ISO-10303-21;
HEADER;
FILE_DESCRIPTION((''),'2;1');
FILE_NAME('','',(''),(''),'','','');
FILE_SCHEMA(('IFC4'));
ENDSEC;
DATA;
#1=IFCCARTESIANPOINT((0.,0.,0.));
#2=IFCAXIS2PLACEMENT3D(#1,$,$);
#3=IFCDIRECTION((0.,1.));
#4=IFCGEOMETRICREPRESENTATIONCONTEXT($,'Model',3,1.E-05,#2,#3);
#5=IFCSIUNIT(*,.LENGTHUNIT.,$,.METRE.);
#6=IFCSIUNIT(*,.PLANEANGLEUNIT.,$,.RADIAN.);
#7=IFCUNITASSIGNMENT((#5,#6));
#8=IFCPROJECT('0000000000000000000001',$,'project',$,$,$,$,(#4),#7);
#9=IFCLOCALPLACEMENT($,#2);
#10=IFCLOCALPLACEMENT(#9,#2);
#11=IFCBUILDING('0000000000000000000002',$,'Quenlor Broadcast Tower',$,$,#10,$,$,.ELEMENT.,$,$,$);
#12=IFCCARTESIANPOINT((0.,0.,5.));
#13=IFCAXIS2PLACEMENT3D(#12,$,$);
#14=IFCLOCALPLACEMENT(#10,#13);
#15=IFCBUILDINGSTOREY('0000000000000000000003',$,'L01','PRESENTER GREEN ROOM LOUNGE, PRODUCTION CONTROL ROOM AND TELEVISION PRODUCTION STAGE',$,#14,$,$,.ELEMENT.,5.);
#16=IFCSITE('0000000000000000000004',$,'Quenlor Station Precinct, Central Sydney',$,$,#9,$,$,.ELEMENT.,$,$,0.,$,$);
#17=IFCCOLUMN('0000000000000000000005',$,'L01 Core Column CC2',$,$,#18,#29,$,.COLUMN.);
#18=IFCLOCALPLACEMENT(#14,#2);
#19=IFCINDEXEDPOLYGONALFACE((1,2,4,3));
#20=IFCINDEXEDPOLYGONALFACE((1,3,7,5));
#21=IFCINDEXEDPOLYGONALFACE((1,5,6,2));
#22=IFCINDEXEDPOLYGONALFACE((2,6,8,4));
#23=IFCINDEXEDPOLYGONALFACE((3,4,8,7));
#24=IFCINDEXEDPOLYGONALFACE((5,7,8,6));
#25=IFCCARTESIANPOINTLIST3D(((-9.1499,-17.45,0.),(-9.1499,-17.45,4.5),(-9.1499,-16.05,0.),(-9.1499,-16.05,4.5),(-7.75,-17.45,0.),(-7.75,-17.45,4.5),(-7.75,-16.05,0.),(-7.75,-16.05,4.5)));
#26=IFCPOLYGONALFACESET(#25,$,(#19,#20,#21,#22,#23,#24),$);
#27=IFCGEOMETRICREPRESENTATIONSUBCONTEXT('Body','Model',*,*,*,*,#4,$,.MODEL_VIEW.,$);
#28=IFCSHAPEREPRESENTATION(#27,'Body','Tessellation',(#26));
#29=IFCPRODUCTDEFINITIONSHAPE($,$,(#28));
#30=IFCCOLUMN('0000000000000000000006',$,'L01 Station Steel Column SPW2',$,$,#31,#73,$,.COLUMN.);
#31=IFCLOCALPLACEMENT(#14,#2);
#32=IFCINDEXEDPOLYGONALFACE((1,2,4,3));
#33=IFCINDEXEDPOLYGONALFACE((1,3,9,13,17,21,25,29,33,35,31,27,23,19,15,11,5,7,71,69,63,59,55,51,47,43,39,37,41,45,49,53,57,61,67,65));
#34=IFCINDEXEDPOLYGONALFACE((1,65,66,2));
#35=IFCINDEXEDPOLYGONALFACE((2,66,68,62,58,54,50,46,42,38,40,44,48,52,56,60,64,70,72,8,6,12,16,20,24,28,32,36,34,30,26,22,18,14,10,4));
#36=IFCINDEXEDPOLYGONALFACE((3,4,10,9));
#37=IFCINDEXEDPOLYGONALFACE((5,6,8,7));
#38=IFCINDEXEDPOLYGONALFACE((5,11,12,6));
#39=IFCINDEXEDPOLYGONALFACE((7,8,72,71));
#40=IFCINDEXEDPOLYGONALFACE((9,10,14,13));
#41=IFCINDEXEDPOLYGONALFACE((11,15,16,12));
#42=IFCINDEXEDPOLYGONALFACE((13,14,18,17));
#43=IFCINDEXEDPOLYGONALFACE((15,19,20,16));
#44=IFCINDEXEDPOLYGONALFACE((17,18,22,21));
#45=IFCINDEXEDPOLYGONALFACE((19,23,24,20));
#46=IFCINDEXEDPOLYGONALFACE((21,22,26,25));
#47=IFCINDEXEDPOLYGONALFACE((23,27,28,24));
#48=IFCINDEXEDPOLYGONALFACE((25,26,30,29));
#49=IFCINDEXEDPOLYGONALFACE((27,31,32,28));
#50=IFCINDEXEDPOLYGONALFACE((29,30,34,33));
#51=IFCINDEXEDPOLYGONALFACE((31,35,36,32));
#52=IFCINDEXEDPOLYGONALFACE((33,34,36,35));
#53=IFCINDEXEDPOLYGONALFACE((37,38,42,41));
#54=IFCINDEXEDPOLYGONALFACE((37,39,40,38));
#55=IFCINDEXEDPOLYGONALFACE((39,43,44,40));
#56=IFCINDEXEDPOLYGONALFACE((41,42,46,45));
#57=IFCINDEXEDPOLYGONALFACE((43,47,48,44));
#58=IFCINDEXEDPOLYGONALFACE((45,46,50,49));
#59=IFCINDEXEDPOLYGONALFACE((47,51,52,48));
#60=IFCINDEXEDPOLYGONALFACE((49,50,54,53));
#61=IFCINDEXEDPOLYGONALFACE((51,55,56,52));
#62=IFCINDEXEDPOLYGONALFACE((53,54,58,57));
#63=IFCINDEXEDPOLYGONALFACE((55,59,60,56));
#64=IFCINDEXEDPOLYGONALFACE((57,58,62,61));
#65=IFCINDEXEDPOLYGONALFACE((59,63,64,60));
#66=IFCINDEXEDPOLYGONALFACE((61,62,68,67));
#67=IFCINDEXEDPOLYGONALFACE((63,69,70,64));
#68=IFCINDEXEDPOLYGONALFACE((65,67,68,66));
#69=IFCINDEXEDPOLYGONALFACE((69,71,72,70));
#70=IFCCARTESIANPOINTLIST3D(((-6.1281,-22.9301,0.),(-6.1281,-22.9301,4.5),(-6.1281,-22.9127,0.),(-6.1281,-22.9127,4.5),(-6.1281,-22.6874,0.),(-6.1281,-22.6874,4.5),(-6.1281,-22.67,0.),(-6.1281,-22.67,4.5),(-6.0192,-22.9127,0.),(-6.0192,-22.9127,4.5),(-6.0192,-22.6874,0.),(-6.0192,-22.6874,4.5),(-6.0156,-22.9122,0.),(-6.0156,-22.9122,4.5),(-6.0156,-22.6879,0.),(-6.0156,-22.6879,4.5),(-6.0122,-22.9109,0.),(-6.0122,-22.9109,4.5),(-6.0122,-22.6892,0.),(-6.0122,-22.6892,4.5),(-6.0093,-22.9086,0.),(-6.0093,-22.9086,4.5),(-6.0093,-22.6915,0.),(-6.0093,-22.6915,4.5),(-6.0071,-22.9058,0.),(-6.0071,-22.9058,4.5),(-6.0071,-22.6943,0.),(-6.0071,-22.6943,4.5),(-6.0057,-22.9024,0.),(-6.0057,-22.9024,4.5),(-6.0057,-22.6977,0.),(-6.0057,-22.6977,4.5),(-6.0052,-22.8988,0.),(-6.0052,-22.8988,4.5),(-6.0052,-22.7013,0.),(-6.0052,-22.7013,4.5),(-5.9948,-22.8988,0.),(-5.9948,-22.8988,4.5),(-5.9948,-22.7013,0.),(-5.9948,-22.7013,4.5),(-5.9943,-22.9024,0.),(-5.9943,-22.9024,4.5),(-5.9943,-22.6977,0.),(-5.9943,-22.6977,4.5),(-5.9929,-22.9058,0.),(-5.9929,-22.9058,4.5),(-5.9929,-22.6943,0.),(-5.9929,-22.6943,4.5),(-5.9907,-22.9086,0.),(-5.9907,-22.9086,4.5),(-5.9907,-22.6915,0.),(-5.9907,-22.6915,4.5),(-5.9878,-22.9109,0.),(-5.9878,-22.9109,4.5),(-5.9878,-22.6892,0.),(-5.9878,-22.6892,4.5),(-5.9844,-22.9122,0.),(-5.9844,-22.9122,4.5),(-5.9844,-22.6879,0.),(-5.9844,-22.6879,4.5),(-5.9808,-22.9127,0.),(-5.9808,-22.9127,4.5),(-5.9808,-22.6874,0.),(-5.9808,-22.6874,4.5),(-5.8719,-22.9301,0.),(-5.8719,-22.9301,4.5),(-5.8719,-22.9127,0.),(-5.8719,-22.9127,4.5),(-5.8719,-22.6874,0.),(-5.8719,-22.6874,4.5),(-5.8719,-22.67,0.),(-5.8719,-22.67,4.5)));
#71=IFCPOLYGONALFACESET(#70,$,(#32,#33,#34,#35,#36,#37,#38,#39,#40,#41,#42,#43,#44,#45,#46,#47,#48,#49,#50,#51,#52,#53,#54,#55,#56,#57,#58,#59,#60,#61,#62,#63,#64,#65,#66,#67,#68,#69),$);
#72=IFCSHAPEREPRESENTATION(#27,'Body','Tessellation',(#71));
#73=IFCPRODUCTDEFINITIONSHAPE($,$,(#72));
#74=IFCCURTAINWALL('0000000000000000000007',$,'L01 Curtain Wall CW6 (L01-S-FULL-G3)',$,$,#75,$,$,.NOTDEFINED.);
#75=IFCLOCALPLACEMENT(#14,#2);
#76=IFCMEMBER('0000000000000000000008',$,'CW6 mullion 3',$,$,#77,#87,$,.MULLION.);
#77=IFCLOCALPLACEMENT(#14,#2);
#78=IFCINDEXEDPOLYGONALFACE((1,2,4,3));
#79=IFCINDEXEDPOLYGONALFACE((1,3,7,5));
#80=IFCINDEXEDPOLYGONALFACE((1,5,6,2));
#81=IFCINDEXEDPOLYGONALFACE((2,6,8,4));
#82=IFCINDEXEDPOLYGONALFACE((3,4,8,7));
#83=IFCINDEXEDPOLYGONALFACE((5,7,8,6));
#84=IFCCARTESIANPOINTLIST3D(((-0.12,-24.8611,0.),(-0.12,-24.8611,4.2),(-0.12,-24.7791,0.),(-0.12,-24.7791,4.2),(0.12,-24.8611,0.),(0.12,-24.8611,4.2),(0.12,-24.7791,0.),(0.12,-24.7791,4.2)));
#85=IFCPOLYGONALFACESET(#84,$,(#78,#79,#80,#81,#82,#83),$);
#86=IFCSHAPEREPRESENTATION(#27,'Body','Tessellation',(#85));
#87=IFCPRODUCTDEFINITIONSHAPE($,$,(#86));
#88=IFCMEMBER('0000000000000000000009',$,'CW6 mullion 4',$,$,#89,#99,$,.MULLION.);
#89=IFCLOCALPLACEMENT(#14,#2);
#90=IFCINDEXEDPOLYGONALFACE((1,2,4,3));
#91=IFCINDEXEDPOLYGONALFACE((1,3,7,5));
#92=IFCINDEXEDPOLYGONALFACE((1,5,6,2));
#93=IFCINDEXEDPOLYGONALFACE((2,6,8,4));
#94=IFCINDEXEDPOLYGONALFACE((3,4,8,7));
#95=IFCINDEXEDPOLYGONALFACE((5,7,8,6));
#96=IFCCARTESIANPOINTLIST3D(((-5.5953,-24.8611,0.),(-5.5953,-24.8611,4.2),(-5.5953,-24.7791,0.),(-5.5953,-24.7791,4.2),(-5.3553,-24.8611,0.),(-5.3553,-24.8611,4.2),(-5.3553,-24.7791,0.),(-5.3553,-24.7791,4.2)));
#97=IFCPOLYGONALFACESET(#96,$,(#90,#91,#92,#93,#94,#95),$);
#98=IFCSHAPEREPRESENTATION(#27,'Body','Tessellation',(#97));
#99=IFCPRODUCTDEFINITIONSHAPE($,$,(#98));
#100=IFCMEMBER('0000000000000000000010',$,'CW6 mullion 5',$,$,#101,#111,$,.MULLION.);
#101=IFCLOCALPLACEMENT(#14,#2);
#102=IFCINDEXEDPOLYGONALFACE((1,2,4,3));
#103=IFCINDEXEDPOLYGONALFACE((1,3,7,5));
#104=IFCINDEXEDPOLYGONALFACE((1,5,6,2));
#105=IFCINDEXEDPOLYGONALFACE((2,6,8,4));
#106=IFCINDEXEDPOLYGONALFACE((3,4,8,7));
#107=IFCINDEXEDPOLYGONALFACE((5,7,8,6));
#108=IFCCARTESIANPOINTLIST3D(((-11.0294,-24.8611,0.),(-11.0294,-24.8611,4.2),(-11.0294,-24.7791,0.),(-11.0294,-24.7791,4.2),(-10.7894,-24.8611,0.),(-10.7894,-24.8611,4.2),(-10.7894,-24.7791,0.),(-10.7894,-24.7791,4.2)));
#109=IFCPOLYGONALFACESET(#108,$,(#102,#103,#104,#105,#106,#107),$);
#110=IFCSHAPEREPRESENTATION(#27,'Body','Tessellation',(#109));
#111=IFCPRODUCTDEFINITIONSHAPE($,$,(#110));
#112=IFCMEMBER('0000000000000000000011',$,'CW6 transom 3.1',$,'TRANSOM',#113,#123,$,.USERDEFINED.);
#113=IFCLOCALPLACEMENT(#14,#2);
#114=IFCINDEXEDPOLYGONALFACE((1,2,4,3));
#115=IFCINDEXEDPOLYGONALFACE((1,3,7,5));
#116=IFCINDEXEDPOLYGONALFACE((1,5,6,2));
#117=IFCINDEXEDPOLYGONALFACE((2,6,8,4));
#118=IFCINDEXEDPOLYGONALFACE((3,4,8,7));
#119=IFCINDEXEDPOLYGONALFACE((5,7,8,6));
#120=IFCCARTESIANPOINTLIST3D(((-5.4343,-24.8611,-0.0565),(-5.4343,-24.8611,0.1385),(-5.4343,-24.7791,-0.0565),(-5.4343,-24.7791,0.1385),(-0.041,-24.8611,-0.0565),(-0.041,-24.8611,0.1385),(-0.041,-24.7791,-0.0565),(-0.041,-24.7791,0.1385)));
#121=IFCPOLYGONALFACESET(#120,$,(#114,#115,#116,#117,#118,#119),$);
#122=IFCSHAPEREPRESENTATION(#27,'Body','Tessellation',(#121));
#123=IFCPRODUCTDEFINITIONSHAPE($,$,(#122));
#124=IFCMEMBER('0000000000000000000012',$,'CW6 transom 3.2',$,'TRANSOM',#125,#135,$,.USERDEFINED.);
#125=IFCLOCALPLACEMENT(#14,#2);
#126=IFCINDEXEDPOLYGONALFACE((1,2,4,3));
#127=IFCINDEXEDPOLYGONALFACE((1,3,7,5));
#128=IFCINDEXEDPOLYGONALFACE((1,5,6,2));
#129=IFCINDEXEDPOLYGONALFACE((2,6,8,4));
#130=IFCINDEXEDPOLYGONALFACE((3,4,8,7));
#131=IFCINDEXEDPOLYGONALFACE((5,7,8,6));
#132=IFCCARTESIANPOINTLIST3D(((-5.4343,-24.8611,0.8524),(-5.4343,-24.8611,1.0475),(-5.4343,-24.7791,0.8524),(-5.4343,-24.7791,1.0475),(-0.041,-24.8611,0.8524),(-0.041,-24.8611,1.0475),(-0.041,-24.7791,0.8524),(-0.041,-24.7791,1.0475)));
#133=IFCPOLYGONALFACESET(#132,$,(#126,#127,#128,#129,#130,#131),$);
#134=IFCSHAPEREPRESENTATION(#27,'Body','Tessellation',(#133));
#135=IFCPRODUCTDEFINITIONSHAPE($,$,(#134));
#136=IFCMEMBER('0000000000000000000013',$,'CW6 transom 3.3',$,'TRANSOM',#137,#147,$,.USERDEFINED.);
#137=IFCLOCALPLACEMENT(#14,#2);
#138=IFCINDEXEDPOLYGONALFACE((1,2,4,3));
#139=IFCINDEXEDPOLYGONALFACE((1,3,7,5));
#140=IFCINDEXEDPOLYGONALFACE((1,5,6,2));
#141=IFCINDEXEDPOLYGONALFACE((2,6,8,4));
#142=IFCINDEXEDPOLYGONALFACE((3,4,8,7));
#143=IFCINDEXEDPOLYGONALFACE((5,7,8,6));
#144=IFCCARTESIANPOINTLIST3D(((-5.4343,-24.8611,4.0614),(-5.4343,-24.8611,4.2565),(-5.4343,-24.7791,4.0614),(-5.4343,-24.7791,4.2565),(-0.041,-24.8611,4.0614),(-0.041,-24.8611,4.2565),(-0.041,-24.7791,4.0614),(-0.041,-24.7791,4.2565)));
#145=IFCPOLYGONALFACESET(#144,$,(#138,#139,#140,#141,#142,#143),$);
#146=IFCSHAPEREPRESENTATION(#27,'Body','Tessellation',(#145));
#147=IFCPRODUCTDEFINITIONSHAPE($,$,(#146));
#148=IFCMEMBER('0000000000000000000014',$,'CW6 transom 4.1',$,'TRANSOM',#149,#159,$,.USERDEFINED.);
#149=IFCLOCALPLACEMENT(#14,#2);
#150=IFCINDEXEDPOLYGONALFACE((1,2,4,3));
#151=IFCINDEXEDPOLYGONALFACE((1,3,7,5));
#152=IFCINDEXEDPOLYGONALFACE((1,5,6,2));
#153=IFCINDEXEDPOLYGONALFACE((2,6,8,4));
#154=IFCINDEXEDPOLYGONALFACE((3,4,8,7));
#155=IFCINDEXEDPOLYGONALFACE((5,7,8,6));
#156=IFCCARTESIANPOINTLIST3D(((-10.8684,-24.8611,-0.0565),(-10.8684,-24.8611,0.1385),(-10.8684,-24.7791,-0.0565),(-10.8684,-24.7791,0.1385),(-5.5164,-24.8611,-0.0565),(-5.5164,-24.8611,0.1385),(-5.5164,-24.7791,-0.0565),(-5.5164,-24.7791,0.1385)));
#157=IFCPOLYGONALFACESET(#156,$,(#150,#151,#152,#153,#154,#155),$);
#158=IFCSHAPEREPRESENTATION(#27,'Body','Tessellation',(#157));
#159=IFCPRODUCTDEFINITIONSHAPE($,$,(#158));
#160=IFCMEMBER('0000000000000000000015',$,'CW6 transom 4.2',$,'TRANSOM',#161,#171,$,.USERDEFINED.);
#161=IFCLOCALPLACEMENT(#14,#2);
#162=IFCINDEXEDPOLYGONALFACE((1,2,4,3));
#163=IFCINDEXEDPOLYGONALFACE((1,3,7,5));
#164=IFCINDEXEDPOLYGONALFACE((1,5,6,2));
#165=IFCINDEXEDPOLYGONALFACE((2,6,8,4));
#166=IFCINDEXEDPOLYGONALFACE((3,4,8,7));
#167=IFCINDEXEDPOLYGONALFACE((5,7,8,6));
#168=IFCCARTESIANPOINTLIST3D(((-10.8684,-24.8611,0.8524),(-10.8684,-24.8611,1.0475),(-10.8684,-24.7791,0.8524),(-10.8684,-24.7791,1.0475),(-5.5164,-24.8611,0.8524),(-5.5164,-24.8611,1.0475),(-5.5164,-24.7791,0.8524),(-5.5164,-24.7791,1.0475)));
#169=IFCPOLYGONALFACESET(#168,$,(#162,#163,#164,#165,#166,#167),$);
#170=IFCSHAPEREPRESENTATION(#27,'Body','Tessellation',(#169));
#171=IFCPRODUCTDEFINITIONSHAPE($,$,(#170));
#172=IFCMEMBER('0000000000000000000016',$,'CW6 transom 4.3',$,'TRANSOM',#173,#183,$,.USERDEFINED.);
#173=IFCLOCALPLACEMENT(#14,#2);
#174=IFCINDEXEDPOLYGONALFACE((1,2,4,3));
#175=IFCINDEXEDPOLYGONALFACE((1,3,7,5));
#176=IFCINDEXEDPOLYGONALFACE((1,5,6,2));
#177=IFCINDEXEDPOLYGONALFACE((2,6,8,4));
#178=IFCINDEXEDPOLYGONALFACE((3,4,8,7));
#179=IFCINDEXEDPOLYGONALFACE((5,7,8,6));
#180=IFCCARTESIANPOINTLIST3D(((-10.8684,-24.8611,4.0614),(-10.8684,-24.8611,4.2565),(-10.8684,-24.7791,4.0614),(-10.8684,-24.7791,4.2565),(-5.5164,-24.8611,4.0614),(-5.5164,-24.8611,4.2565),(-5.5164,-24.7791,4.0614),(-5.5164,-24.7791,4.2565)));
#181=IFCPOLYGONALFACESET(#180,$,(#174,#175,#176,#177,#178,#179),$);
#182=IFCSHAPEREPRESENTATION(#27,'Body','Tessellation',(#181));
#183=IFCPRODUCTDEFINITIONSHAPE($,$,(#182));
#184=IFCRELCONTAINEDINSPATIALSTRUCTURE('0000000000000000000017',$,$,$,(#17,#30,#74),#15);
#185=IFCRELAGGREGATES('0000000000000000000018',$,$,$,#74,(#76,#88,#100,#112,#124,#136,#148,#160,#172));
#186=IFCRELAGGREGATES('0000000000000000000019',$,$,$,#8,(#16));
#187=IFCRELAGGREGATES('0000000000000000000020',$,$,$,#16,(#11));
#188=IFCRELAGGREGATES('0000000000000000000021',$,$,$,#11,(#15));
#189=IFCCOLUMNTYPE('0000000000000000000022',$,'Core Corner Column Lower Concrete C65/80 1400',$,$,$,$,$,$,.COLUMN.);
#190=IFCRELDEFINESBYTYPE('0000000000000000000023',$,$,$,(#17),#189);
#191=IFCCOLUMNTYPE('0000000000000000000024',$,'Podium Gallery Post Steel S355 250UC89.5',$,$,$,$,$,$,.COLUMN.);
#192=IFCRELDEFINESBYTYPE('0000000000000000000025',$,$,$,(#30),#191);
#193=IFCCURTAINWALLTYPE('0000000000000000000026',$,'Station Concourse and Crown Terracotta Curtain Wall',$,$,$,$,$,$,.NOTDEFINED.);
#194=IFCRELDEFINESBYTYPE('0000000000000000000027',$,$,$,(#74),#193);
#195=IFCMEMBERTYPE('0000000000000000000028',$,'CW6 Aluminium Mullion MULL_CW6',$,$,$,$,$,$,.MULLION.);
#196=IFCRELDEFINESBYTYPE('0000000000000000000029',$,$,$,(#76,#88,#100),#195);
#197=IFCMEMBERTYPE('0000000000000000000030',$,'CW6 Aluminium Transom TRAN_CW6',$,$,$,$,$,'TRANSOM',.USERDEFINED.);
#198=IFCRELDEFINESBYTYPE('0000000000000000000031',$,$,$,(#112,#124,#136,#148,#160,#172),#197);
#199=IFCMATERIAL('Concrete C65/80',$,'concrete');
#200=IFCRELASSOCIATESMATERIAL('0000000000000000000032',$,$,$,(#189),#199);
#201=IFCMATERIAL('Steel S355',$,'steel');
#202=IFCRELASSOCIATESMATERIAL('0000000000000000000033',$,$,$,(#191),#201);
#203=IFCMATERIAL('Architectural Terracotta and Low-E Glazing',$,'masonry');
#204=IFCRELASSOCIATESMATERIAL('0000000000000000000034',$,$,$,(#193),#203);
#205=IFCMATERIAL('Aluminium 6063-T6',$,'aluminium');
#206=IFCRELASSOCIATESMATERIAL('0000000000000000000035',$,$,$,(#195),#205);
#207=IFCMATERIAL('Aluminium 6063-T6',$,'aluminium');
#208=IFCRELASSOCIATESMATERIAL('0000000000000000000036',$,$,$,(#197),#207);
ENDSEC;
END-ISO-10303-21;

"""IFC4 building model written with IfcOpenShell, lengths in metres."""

from ifc_helpers import new_model, si_unit, direction, frame, origin, origin_2d, place, context, subcontext, project, spatial, rectangle, i_section, extrude, material, material_profile, profile_set, type_object, element, aggregate, save


model = new_model("IFC4")

# Units and contexts
model_context = context("Model", 3, precision=1e-05, world=origin(), true_north=direction((0.0, 1.0)))
body_context = subcontext(model_context, "Body", "Model", "MODEL_VIEW")
ifc_project = project(units=[si_unit("LENGTHUNIT", "METRE"), si_unit("PLANEANGLEUNIT", "RADIAN")], contexts=[model_context])

# Site, building, storey
site_placement = place(None, origin())
site = spatial("IfcSite", under=ifc_project, at=site_placement, Name="Quenlor Station Precinct, Central Sydney", CompositionType="ELEMENT", RefElevation=0.0)
building_placement = place(site_placement, origin())
building = spatial("IfcBuilding", under=site, at=building_placement, Name="Quenlor Broadcast Tower", CompositionType="ELEMENT")
storey_placement = place(building_placement, frame((0.0, 0.0, 5.0)))
storey = spatial("IfcBuildingStorey", under=building, at=storey_placement, Name="L01", Description="PRESENTER GREEN ROOM LOUNGE, PRODUCTION CONTROL ROOM AND TELEVISION PRODUCTION STAGE", CompositionType="ELEMENT", Elevation=5.0)

# Columns
ifc_material_1 = material(Name="Concrete C65/80", Category="concrete")
ifc_material_profile_1 = material_profile(ifc_material_1, rectangle(XDim=1.3999, YDim=1.3999, at=origin_2d()))
ifc_profile_set_1 = profile_set([ifc_material_profile_1], Name="Concrete C65/80 RC1400x1400")
column_type_1 = type_object("IfcColumnType", Name="Core Corner Column Lower Concrete C65/80 1400", PredefinedType="COLUMN", material=ifc_profile_set_1)
column_1_placement = place(storey_placement, frame((-8.45, -16.75, 0.0), z_axis=(0.0, 0.0, 1.0), x_axis=(1.0, 0.0, 0.0)))
element("IfcColumn", 1, at=column_1_placement, inside=storey, type_object=column_type_1, Name="L01 Core Column CC2", PredefinedType="COLUMN", context=body_context, shape_type="SweptSolid", body=[
    extrude(rectangle(XDim=1.3999, YDim=1.3999, at=origin_2d()), origin(), (0.0, 0.0, 1.0), 4.5),
])
ifc_material_2 = material(Name="Steel S355", Category="steel")
ifc_material_profile_2 = material_profile(ifc_material_2, i_section(OverallWidth=0.2561, OverallDepth=0.26, WebThickness=0.0105, FlangeThickness=0.0173, FilletRadius=0.0139, at=origin_2d()))
ifc_profile_set_2 = profile_set([ifc_material_profile_2], Name="Steel S355 250UC89.5")
column_type_2 = type_object("IfcColumnType", Name="Podium Gallery Post Steel S355 250UC89.5", PredefinedType="COLUMN", material=ifc_profile_set_2)
column_2_placement = place(storey_placement, frame((-6.0, -22.8, 0.0), z_axis=(0.0, 0.0, 1.0), x_axis=(1.0, 0.0, 0.0)))
element("IfcColumn", 2, at=column_2_placement, inside=storey, type_object=column_type_2, Name="L01 Station Steel Column SPW2", PredefinedType="COLUMN", context=body_context, shape_type="SweptSolid", body=[
    extrude(i_section(OverallWidth=0.2561, OverallDepth=0.26, WebThickness=0.0105, FlangeThickness=0.0173, FilletRadius=0.0139, at=origin_2d()), origin(), (0.0, 0.0, 1.0), 4.5),
])

# Curtain wall, members
ifc_material_3 = material(Name="Architectural Terracotta and Low-E Glazing", Category="masonry")
curtain_wall_type = type_object("IfcCurtainWallType", Name="Station Concourse and Crown Terracotta Curtain Wall", PredefinedType="NOTDEFINED", material=ifc_material_3)
curtain_wall_placement = place(storey_placement, origin())
curtain_wall = element("IfcCurtainWall", 3, at=curtain_wall_placement, inside=storey, type_object=curtain_wall_type, Name="L01 Curtain Wall CW6 (L01-S-FULL-G3)", PredefinedType="NOTDEFINED")
ifc_material_4 = material(Name="Aluminium 6063-T6", Category="aluminium")
ifc_material_profile_3 = material_profile(ifc_material_4, rectangle(XDim=0.082, YDim=0.24, at=origin_2d()))
ifc_profile_set_3 = profile_set([ifc_material_profile_3], Name="Aluminium 6063-T6 MULL82x240")
member_type_1 = type_object("IfcMemberType", Name="CW6 Aluminium Mullion MULL_CW6", PredefinedType="MULLION", material=ifc_profile_set_3)
member_1_placement = place(storey_placement, frame((0.0, -24.8201, 0.0), z_axis=(0.0, 0.0, 1.0), x_axis=(0.0, -1.0, 0.0)))
member_1 = element("IfcMember", 4, at=member_1_placement, type_object=member_type_1, Name="CW6 mullion 3", PredefinedType="MULLION", context=body_context, shape_type="SweptSolid", body=[
    extrude(rectangle(XDim=0.082, YDim=0.24, at=origin_2d()), origin(), (0.0, 0.0, 1.0), 4.2),
])
member_2_placement = place(storey_placement, frame((-5.4753, -24.8201, 0.0), z_axis=(0.0, 0.0, 1.0), x_axis=(0.0, -1.0, 0.0)))
member_2 = element("IfcMember", 5, at=member_2_placement, type_object=member_type_1, Name="CW6 mullion 4", PredefinedType="MULLION", context=body_context, shape_type="SweptSolid", body=[
    extrude(rectangle(XDim=0.082, YDim=0.24, at=origin_2d()), origin(), (0.0, 0.0, 1.0), 4.2),
])
member_3_placement = place(storey_placement, frame((-10.9094, -24.8201, 0.0), z_axis=(0.0, 0.0, 1.0), x_axis=(0.0, -1.0, 0.0)))
member_3 = element("IfcMember", 6, at=member_3_placement, type_object=member_type_1, Name="CW6 mullion 5", PredefinedType="MULLION", context=body_context, shape_type="SweptSolid", body=[
    extrude(rectangle(XDim=0.082, YDim=0.24, at=origin_2d()), origin(), (0.0, 0.0, 1.0), 4.2),
])
ifc_material_5 = material(Name="Aluminium 6063-T6", Category="aluminium")
ifc_material_profile_4 = material_profile(ifc_material_5, rectangle(XDim=0.082, YDim=0.1951, at=origin_2d()))
ifc_profile_set_4 = profile_set([ifc_material_profile_4], Name="Aluminium 6063-T6 TRAN82x195")
member_type_2 = type_object("IfcMemberType", Name="CW6 Aluminium Transom TRAN_CW6", ElementType="TRANSOM", PredefinedType="USERDEFINED", material=ifc_profile_set_4)
member_4_placement = place(storey_placement, frame((-0.041, -24.8201, 0.041), z_axis=(-1.0, 0.0, 0.0), x_axis=(0.0, -1.0, 0.0)))
member_4 = element("IfcMember", 7, at=member_4_placement, type_object=member_type_2, Name="CW6 transom 3.1", ObjectType="TRANSOM", PredefinedType="USERDEFINED", context=body_context, shape_type="SweptSolid", body=[
    extrude(rectangle(XDim=0.082, YDim=0.1951, at=origin_2d()), origin(), (0.0, 0.0, 1.0), 5.3933),
])
member_5_placement = place(storey_placement, frame((-0.041, -24.8201, 0.95), z_axis=(-1.0, 0.0, 0.0), x_axis=(0.0, -1.0, 0.0)))
member_5 = element("IfcMember", 8, at=member_5_placement, type_object=member_type_2, Name="CW6 transom 3.2", ObjectType="TRANSOM", PredefinedType="USERDEFINED", context=body_context, shape_type="SweptSolid", body=[
    extrude(rectangle(XDim=0.082, YDim=0.1951, at=origin_2d()), origin(), (0.0, 0.0, 1.0), 5.3933),
])
member_6_placement = place(storey_placement, frame((-0.041, -24.8201, 4.1589), z_axis=(-1.0, 0.0, 0.0), x_axis=(0.0, -1.0, 0.0)))
member_6 = element("IfcMember", 9, at=member_6_placement, type_object=member_type_2, Name="CW6 transom 3.3", ObjectType="TRANSOM", PredefinedType="USERDEFINED", context=body_context, shape_type="SweptSolid", body=[
    extrude(rectangle(XDim=0.082, YDim=0.1951, at=origin_2d()), origin(), (0.0, 0.0, 1.0), 5.3933),
])
member_7_placement = place(storey_placement, frame((-5.5164, -24.8201, 0.041), z_axis=(-1.0, 0.0, 0.0), x_axis=(0.0, -1.0, 0.0)))
member_7 = element("IfcMember", 10, at=member_7_placement, type_object=member_type_2, Name="CW6 transom 4.1", ObjectType="TRANSOM", PredefinedType="USERDEFINED", context=body_context, shape_type="SweptSolid", body=[
    extrude(rectangle(XDim=0.082, YDim=0.1951, at=origin_2d()), origin(), (0.0, 0.0, 1.0), 5.3521),
])
member_8_placement = place(storey_placement, frame((-5.5164, -24.8201, 0.95), z_axis=(-1.0, 0.0, 0.0), x_axis=(0.0, -1.0, 0.0)))
member_8 = element("IfcMember", 11, at=member_8_placement, type_object=member_type_2, Name="CW6 transom 4.2", ObjectType="TRANSOM", PredefinedType="USERDEFINED", context=body_context, shape_type="SweptSolid", body=[
    extrude(rectangle(XDim=0.082, YDim=0.1951, at=origin_2d()), origin(), (0.0, 0.0, 1.0), 5.3521),
])
member_9_placement = place(storey_placement, frame((-5.5164, -24.8201, 4.1589), z_axis=(-1.0, 0.0, 0.0), x_axis=(0.0, -1.0, 0.0)))
member_9 = element("IfcMember", 12, at=member_9_placement, type_object=member_type_2, Name="CW6 transom 4.3", ObjectType="TRANSOM", PredefinedType="USERDEFINED", context=body_context, shape_type="SweptSolid", body=[
    extrude(rectangle(XDim=0.082, YDim=0.1951, at=origin_2d()), origin(), (0.0, 0.0, 1.0), 5.3521),
])

aggregate(curtain_wall, [member_1, member_2, member_3, member_4, member_5, member_6, member_7, member_8, member_9])

save(model, "model.ifc")
